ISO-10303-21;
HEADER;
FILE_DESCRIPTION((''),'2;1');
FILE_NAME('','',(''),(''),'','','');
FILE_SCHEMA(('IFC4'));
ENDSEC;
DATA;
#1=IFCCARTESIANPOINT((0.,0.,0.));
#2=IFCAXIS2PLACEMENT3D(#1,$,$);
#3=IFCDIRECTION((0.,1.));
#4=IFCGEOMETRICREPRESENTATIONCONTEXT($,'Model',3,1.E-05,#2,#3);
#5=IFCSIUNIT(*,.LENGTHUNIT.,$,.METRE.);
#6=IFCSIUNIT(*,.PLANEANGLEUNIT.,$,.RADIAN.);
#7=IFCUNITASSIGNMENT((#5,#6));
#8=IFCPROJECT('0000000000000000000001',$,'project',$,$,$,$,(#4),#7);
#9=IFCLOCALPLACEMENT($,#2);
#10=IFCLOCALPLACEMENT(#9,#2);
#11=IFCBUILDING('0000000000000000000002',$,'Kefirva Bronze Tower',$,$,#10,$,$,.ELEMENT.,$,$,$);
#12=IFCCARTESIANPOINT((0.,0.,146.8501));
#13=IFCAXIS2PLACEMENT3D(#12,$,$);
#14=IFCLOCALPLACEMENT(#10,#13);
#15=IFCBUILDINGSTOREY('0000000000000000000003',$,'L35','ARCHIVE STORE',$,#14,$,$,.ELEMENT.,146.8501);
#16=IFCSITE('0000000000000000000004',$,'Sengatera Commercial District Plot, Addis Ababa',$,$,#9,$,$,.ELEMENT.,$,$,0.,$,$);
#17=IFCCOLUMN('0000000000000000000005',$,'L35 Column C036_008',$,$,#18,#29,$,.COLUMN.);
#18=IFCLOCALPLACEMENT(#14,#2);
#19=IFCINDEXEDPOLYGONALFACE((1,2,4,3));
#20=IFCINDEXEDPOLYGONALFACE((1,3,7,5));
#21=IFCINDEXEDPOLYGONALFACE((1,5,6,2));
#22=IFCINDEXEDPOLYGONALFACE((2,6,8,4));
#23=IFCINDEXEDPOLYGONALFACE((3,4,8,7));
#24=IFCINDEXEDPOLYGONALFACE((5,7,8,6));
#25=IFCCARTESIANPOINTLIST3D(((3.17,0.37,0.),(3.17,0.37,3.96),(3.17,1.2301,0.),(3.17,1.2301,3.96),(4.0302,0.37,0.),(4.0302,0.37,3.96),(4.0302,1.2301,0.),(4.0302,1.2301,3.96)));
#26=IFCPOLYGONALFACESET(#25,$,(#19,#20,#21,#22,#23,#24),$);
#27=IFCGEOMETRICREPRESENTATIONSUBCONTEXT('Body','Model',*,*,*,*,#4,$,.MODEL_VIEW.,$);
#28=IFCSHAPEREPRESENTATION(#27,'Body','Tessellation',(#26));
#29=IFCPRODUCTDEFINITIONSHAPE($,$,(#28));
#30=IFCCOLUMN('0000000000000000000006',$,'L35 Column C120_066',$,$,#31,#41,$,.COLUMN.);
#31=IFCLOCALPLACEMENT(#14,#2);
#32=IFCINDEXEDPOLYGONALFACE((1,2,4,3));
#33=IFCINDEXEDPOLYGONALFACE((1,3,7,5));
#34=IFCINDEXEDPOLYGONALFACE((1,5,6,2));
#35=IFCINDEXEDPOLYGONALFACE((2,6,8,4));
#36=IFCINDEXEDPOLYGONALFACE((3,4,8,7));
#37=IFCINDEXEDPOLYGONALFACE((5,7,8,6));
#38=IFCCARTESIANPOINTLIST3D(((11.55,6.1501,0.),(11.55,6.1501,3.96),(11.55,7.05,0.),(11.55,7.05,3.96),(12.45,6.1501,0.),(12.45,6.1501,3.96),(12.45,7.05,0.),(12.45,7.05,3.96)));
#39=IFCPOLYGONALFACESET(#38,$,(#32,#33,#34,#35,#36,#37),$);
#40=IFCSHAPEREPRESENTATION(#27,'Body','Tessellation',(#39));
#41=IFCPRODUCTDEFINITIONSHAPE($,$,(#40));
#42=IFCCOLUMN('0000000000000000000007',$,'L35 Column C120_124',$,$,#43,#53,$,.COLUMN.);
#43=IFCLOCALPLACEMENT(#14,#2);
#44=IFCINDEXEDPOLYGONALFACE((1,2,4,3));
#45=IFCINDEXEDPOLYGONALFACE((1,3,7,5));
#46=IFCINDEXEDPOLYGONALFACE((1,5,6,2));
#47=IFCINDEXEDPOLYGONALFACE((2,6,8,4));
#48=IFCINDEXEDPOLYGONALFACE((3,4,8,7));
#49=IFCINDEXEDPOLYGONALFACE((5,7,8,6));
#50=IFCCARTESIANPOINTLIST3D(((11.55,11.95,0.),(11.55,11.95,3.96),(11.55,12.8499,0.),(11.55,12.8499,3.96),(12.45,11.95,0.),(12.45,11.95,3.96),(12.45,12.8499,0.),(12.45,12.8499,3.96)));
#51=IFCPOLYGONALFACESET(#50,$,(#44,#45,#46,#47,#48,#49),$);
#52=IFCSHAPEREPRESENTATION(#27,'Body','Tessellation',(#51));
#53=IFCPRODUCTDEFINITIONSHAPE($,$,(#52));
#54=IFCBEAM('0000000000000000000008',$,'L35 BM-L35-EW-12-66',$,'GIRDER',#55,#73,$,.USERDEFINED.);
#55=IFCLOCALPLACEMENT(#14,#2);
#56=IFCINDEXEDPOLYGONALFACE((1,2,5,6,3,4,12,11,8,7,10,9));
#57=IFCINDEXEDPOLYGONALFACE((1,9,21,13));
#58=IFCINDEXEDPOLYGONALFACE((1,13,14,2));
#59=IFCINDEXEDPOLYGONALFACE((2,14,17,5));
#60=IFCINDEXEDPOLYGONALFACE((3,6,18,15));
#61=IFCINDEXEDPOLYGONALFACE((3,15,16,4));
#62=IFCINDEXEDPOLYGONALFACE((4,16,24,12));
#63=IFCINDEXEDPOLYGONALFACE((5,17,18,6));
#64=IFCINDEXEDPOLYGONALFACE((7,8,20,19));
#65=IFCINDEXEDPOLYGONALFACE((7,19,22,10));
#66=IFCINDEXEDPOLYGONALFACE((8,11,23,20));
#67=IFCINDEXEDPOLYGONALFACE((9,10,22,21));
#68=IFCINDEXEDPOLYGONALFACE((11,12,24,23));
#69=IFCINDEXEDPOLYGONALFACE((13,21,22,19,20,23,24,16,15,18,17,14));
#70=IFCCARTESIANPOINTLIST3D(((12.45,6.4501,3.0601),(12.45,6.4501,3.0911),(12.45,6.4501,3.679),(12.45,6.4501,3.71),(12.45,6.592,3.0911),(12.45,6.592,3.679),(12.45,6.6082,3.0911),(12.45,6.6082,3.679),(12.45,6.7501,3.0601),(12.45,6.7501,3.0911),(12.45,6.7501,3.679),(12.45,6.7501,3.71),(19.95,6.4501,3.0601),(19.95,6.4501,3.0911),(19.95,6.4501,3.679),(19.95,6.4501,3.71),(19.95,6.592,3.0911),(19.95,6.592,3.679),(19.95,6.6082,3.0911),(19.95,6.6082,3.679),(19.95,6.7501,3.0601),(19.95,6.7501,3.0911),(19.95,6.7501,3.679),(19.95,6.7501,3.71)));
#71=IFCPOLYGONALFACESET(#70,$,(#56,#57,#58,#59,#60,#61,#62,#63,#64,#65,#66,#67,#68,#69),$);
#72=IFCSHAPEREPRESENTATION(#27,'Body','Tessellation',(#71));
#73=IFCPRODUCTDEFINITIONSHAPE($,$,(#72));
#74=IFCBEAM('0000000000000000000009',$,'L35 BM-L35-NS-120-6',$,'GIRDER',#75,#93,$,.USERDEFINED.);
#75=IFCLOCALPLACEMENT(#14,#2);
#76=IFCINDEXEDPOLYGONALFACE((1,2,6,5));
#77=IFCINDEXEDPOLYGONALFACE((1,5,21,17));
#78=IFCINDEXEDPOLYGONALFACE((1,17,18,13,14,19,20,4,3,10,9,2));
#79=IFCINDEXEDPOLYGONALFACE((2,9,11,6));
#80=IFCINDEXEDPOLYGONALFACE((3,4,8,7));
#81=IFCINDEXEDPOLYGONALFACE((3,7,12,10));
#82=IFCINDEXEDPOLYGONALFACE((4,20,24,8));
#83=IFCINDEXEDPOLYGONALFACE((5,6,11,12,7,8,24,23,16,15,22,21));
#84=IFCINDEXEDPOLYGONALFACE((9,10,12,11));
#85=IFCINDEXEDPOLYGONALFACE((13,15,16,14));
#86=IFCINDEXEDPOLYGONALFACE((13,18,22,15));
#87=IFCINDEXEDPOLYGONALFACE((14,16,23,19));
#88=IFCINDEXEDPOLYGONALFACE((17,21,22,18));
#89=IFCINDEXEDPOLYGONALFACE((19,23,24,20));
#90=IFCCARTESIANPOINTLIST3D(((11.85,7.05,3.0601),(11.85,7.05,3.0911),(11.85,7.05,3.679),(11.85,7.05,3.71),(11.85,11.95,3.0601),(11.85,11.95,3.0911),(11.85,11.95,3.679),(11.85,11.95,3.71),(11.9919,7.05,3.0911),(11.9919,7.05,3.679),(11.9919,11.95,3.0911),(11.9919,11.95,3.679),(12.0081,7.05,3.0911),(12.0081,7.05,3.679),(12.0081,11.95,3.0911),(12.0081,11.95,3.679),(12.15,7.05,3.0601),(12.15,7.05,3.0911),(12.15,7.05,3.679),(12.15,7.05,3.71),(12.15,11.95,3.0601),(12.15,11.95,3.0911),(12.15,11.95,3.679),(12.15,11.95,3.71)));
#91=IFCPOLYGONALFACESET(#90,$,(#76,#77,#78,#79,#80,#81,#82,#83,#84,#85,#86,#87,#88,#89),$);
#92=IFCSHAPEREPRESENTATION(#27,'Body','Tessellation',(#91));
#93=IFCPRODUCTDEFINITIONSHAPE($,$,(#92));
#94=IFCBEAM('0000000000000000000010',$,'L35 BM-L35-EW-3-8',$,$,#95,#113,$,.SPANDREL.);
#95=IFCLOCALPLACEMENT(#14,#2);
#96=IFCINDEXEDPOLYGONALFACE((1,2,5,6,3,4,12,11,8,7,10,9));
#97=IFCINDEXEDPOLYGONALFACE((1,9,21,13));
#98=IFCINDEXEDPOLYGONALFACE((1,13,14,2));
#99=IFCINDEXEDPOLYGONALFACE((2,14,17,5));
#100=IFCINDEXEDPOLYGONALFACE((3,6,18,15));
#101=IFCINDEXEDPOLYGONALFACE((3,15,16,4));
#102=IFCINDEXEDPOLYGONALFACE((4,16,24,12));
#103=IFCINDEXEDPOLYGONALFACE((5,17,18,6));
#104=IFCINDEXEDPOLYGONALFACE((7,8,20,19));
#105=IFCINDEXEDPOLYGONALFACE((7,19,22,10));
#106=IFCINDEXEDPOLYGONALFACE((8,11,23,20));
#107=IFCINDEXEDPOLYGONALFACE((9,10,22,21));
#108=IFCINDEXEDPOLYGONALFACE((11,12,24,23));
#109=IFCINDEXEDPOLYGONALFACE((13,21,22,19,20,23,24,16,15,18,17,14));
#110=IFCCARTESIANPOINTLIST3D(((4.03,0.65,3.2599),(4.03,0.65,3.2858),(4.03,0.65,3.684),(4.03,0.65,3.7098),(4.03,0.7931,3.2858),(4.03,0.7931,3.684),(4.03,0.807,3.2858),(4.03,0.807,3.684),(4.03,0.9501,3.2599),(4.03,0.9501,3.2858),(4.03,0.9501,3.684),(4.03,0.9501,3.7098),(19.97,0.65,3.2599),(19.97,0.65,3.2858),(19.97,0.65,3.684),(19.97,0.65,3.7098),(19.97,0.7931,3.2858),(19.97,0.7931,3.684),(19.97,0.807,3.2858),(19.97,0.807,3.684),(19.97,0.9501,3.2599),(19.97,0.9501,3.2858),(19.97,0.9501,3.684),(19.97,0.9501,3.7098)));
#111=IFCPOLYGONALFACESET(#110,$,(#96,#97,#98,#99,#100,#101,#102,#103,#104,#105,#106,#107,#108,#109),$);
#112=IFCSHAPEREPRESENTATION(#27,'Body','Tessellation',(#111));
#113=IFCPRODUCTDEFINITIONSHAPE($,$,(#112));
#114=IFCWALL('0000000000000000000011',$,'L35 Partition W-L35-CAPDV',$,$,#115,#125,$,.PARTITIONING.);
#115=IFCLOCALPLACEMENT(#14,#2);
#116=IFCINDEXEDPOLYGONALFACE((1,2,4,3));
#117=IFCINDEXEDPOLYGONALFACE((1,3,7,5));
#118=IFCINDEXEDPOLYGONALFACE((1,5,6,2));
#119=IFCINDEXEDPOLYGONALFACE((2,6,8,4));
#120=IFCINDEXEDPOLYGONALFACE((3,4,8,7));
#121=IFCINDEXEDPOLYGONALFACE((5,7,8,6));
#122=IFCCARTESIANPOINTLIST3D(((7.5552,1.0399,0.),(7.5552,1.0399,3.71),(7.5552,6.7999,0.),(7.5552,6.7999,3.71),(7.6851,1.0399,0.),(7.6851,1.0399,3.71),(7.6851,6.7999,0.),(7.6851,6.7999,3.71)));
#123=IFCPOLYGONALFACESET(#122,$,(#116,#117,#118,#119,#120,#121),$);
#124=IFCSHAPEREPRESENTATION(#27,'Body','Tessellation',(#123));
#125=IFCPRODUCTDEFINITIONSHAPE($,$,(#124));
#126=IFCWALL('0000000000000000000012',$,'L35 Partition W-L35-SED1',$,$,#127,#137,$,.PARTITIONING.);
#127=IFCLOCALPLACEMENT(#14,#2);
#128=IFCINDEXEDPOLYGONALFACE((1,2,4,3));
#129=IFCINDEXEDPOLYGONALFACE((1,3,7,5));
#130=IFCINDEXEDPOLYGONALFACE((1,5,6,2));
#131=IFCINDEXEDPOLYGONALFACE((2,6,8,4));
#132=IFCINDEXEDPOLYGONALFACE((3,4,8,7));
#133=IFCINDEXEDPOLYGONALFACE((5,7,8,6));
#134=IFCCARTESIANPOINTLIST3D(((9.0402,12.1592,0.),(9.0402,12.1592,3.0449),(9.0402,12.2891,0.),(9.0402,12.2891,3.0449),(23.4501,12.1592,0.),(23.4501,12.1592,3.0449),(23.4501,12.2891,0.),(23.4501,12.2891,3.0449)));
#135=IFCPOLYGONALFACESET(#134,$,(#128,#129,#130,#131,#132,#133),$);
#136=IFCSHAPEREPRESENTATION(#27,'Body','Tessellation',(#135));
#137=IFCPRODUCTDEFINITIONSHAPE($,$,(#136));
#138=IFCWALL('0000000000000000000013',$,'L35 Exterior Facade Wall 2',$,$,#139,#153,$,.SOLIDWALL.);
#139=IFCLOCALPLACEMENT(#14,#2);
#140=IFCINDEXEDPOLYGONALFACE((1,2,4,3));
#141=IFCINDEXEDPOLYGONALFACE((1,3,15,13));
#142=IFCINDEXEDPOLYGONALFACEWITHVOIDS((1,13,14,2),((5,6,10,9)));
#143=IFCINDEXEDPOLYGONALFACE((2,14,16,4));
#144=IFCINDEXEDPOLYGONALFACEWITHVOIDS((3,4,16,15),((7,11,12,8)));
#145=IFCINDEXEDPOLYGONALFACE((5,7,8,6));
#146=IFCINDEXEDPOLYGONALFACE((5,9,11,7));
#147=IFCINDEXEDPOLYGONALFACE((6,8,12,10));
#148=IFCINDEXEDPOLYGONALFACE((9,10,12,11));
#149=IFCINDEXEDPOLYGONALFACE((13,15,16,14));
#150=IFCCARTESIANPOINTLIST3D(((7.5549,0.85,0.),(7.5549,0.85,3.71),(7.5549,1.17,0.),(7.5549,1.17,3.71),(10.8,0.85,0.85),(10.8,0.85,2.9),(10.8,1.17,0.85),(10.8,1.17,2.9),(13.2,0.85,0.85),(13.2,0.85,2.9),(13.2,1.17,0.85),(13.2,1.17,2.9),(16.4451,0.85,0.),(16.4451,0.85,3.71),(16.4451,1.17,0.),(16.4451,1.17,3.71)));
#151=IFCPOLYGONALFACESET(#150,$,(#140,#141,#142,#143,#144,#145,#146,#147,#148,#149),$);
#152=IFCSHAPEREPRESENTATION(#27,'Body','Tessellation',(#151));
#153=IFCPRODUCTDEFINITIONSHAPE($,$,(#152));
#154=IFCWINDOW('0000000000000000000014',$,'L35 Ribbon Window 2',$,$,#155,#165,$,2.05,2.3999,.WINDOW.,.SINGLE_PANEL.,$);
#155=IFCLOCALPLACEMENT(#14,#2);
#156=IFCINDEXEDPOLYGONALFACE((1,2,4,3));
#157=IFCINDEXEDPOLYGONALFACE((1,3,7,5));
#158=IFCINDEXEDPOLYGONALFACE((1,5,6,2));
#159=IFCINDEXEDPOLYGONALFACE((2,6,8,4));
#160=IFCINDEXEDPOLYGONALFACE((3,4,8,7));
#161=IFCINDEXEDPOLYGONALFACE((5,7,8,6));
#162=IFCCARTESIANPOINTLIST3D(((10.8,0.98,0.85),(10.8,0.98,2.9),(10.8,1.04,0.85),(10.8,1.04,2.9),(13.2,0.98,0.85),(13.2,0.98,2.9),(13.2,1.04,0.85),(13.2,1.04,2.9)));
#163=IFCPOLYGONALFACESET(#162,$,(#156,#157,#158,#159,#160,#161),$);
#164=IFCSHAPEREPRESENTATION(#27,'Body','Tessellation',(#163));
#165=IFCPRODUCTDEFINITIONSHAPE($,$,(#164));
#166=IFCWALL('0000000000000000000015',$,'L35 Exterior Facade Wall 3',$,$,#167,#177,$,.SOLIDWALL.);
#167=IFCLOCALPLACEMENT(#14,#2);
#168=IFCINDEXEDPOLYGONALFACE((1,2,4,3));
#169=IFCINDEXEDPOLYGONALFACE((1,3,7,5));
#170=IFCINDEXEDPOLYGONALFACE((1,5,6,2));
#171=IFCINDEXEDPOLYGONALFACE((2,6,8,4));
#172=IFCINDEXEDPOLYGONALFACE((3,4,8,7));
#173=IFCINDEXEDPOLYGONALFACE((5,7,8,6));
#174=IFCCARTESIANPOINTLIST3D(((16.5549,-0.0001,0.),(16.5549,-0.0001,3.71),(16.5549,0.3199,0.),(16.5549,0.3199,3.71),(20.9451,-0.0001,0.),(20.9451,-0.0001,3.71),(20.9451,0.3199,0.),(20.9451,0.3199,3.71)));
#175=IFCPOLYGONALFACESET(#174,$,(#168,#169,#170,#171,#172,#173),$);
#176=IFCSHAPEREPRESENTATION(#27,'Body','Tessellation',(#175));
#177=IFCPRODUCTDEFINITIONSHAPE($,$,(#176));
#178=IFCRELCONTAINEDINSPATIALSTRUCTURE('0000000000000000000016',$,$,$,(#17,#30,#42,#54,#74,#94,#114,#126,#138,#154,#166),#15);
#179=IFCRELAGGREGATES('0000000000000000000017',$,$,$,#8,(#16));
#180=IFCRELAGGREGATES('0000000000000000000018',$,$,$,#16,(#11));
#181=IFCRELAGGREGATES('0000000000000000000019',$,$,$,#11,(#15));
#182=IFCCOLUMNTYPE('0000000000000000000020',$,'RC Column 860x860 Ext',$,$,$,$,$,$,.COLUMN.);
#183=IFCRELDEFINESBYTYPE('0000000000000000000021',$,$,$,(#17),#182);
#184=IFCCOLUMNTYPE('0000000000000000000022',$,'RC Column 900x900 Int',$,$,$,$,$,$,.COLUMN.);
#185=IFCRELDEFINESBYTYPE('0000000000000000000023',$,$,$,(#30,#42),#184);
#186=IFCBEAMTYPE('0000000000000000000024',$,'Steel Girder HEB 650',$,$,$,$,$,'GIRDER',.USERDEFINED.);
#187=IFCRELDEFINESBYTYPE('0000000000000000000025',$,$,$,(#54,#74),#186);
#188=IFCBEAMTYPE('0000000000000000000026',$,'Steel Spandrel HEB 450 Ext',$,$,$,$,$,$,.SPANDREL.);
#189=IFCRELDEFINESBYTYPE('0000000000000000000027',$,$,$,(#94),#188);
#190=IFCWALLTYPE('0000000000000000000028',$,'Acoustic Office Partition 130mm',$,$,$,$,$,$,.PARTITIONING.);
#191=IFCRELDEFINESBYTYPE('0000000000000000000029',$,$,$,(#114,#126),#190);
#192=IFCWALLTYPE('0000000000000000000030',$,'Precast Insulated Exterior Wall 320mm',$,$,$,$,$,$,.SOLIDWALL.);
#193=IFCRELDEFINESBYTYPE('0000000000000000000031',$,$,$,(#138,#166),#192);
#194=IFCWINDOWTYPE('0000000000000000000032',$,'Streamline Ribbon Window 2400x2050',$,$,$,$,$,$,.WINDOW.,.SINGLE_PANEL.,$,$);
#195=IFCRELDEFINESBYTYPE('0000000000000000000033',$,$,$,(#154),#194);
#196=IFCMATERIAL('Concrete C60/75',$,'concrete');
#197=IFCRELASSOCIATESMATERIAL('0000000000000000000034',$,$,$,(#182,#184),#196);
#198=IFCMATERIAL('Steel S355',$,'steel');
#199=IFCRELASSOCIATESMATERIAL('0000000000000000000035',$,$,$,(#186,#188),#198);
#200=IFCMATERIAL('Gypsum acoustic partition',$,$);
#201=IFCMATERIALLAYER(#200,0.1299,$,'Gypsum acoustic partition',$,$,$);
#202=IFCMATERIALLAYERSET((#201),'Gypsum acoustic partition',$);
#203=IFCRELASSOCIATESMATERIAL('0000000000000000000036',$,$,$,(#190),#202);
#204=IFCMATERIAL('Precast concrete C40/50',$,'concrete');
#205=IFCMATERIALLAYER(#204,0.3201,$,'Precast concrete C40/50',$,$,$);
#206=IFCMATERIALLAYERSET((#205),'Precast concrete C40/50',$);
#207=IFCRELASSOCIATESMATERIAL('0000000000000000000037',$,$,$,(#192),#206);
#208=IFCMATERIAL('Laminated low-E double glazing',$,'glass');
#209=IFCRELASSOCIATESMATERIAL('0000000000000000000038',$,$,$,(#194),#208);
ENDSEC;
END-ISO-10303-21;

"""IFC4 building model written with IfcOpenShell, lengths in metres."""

from ifc_helpers import new_model, si_unit, direction, frame, frame_2d, origin, origin_2d, place, context, subcontext, project, spatial, rectangle, i_section, extrude, material, layer, layer_set, material_profile, profile_set, type_object, element, fill, save


model = new_model("IFC4")

# Units and contexts
model_context = context("Model", 3, precision=1e-05, world=origin(), true_north=direction((0.0, 1.0)))
body_context = subcontext(model_context, "Body", "Model", "MODEL_VIEW")
ifc_project = project(units=[si_unit("LENGTHUNIT", "METRE"), si_unit("PLANEANGLEUNIT", "RADIAN")], contexts=[model_context])

# Site, building, storey
site_placement = place(None, origin())
site = spatial("IfcSite", under=ifc_project, at=site_placement, Name="Sengatera Commercial District Plot, Addis Ababa", CompositionType="ELEMENT", RefElevation=0.0)
building_placement = place(site_placement, origin())
building = spatial("IfcBuilding", under=site, at=building_placement, Name="Kefirva Bronze Tower", CompositionType="ELEMENT")
storey_placement = place(building_placement, frame((0.0, 0.0, 146.8501)))
storey = spatial("IfcBuildingStorey", under=building, at=storey_placement, Name="L35", Description="ARCHIVE STORE", CompositionType="ELEMENT", Elevation=146.8501)

# Columns
ifc_material_1 = material(Name="Concrete C60/75", Category="concrete")
ifc_material_profile_1 = material_profile(ifc_material_1, rectangle(XDim=0.8601, YDim=0.8601, at=origin_2d()), Name="RC 860x860")
ifc_profile_set_1 = profile_set([ifc_material_profile_1], Name="Concrete C60/75")
column_type_1 = type_object("IfcColumnType", Name="RC Column 860x860 Ext", PredefinedType="COLUMN", material=ifc_profile_set_1)
column_placement = place(storey_placement, frame((3.6001, 0.8, 0.0), z_axis=(0.0, 0.0, 1.0), x_axis=(1.0, 0.0, 0.0)))
element("IfcColumn", 1, at=column_placement, inside=storey, type_object=column_type_1, Name="L35 Column C036_008", PredefinedType="COLUMN", context=body_context, shape_type="SweptSolid", body=[
    extrude(rectangle(XDim=0.8601, YDim=0.8601, at=origin_2d()), origin(), (0.0, 0.0, 1.0), 3.96),
])
ifc_material_profile_2 = material_profile(ifc_material_1, rectangle(XDim=0.8999, YDim=0.8999, at=origin_2d()), Name="RC 900x900")
ifc_profile_set_2 = profile_set([ifc_material_profile_2], Name="Concrete C60/75")
column_type_2 = type_object("IfcColumnType", Name="RC Column 900x900 Int", PredefinedType="COLUMN", material=ifc_profile_set_2)
for number, where, z_axis, x_axis, name in (
    (2, (12.0, 6.6001, 0.0), (0.0, 0.0, 1.0), (1.0, 0.0, 0.0), "L35 Column C120_066"),
    (3, (12.0, 12.3999, 0.0), (0.0, 0.0, 1.0), (1.0, 0.0, 0.0), "L35 Column C120_124"),
):
    element("IfcColumn", number, at=place(storey_placement, frame(where, z_axis=z_axis, x_axis=x_axis)), inside=storey, type_object=column_type_2, Name=name, PredefinedType="COLUMN", context=body_context, shape_type="SweptSolid", body=[
        extrude(rectangle(XDim=0.8999, YDim=0.8999, at=origin_2d()), origin(), (0.0, 0.0, 1.0), 3.96),
    ])

# Beams
ifc_material_2 = material(Name="Steel S355", Category="steel")
ifc_material_profile_3 = material_profile(ifc_material_2, i_section(OverallWidth=0.3, OverallDepth=0.6499, WebThickness=0.0161, FlangeThickness=0.031, at=origin_2d()), Name="HEB 650")
ifc_profile_set_3 = profile_set([ifc_material_profile_3], Name="Steel S355")
beam_type_1 = type_object("IfcBeamType", Name="Steel Girder HEB 650", ElementType="GIRDER", PredefinedType="USERDEFINED", material=ifc_profile_set_3)
beam_1_placement = place(storey_placement, frame((12.45, 6.6001, 3.385), z_axis=(1.0, 0.0, 0.0), x_axis=(0.0, 1.0, 0.0)))
element("IfcBeam", 4, at=beam_1_placement, inside=storey, type_object=beam_type_1, Name="L35 BM-L35-EW-12-66", ObjectType="GIRDER", PredefinedType="USERDEFINED", context=body_context, shape_type="SweptSolid", body=[
    extrude(i_section(OverallWidth=0.3, OverallDepth=0.6499, WebThickness=0.0161, FlangeThickness=0.031, at=origin_2d()), origin(), (0.0, 0.0, 1.0), 7.5),
])
beam_2_placement = place(storey_placement, frame((12.0, 7.05, 3.385), z_axis=(0.0, 1.0, 0.0), x_axis=(-1.0, 0.0, 0.0)))
element("IfcBeam", 5, at=beam_2_placement, inside=storey, type_object=beam_type_1, Name="L35 BM-L35-NS-120-6", ObjectType="GIRDER", PredefinedType="USERDEFINED", context=body_context, shape_type="SweptSolid", body=[
    extrude(i_section(OverallWidth=0.3, OverallDepth=0.6499, WebThickness=0.0161, FlangeThickness=0.031, at=origin_2d()), origin(), (0.0, 0.0, 1.0), 4.8999),
])
ifc_material_profile_4 = material_profile(ifc_material_2, i_section(OverallWidth=0.3, OverallDepth=0.45, WebThickness=0.0139, FlangeThickness=0.0259, at=origin_2d()), Name="HEB 450")
ifc_profile_set_4 = profile_set([ifc_material_profile_4], Name="Steel S355")
beam_type_2 = type_object("IfcBeamType", Name="Steel Spandrel HEB 450 Ext", PredefinedType="SPANDREL", material=ifc_profile_set_4)
beam_3_placement = place(storey_placement, frame((4.03, 0.8, 3.4849), z_axis=(1.0, 0.0, 0.0), x_axis=(0.0, 1.0, 0.0)))
element("IfcBeam", 6, at=beam_3_placement, inside=storey, type_object=beam_type_2, Name="L35 BM-L35-EW-3-8", PredefinedType="SPANDREL", context=body_context, shape_type="SweptSolid", body=[
    extrude(i_section(OverallWidth=0.3, OverallDepth=0.45, WebThickness=0.0139, FlangeThickness=0.0259, at=origin_2d()), origin(), (0.0, 0.0, 1.0), 15.9399),
])

# Walls
ifc_material_3 = material(Name="Gypsum acoustic partition")
ifc_layer_1 = layer(ifc_material_3, 0.1299, Name="Gypsum acoustic partition")
ifc_layer_set_1 = layer_set([ifc_layer_1], Name="Gypsum acoustic partition")
wall_type_1 = type_object("IfcWallType", Name="Acoustic Office Partition 130mm", PredefinedType="PARTITIONING", material=ifc_layer_set_1)
wall_1_placement = place(storey_placement, frame((7.6201, 1.04, 0.0), z_axis=(0.0, 0.0, 1.0), x_axis=(0.0, 1.0, 0.0)))
element("IfcWall", 7, at=wall_1_placement, inside=storey, type_object=wall_type_1, Name="L35 Partition W-L35-CAPDV", PredefinedType="PARTITIONING", context=body_context, shape_type="SweptSolid", body=[
    extrude(rectangle(XDim=5.76, YDim=0.1299, at=frame_2d((2.8799, 0.0))), origin(), (0.0, 0.0, 1.0), 3.71),
])
wall_2_placement = place(storey_placement, frame((9.04, 12.2241, 0.0), z_axis=(0.0, 0.0, 1.0), x_axis=(1.0, 0.0, 0.0)))
element("IfcWall", 8, at=wall_2_placement, inside=storey, type_object=wall_type_1, Name="L35 Partition W-L35-SED1", PredefinedType="PARTITIONING", context=body_context, shape_type="SweptSolid", body=[
    extrude(rectangle(XDim=14.4099, YDim=0.1299, at=frame_2d((7.2051, 0.0))), origin(), (0.0, 0.0, 1.0), 3.0449),
])

# Wall, opening, window
ifc_material_4 = material(Name="Precast concrete C40/50", Category="concrete")
ifc_layer_2 = layer(ifc_material_4, 0.3201, Name="Precast concrete C40/50")
ifc_layer_set_2 = layer_set([ifc_layer_2], Name="Precast concrete C40/50")
wall_type_2 = type_object("IfcWallType", Name="Precast Insulated Exterior Wall 320mm", PredefinedType="SOLIDWALL", material=ifc_layer_set_2)
wall_3_placement = place(storey_placement, frame((7.5549, 1.01, 0.0), z_axis=(0.0, 0.0, 1.0), x_axis=(1.0, 0.0, 0.0)))
wall_3 = element("IfcWall", 9, at=wall_3_placement, inside=storey, type_object=wall_type_2, Name="L35 Exterior Facade Wall 2", PredefinedType="SOLIDWALL", context=body_context, shape_type="SweptSolid", body=[
    extrude(rectangle(XDim=8.8901, YDim=0.3201, at=frame_2d((4.4451, 0.0))), origin(), (0.0, 0.0, 1.0), 3.71),
])
opening_1_placement = place(wall_3_placement, frame((3.2451, 0.0, 0.8501)))
opening_1 = element("IfcOpeningElement", 10, at=opening_1_placement, cuts=wall_3, PredefinedType="OPENING", context=body_context, shape_type="SweptSolid", body=[
    extrude(rectangle(XDim=2.3999, YDim=2.05, at=frame_2d((1.2, 1.0249))), frame((0.0, 0.1699, 0.0), z_axis=(0.0, -1.0, 0.0), x_axis=(1.0, 0.0, 0.0)), (0.0, 0.0, 1.0), 0.3401),
])
ifc_material_5 = material(Name="Laminated low-E double glazing", Category="glass")
window_type = type_object("IfcWindowType", Name="Streamline Ribbon Window 2400x2050", PartitioningType="SINGLE_PANEL", PredefinedType="WINDOW", material=ifc_material_5)
window_placement = place(opening_1_placement, origin())
window = element("IfcWindow", 11, at=window_placement, inside=storey, type_object=window_type, Name="L35 Ribbon Window 2", OverallHeight=2.05, OverallWidth=2.3999, PartitioningType="SINGLE_PANEL", PredefinedType="WINDOW", context=body_context, shape_type="SweptSolid", body=[
    extrude(rectangle(XDim=2.3999, YDim=2.05, at=frame_2d((1.2, 1.0249))), frame((0.0, 0.03, 0.0), z_axis=(0.0, -1.0, 0.0), x_axis=(1.0, 0.0, 0.0)), (0.0, 0.0, 1.0), 0.0601),
])
fill(opening_1, window)

# Wall
wall_4_placement = place(storey_placement, frame((16.5549, 0.1599, 0.0), z_axis=(0.0, 0.0, 1.0), x_axis=(1.0, 0.0, 0.0)))
element("IfcWall", 12, at=wall_4_placement, inside=storey, type_object=wall_type_2, Name="L35 Exterior Facade Wall 3", PredefinedType="SOLIDWALL", context=body_context, shape_type="SweptSolid", body=[
    extrude(rectangle(XDim=4.3901, YDim=0.3201, at=frame_2d((2.1951, 0.0))), origin(), (0.0, 0.0, 1.0), 3.71),
])

save(model, "model.ifc")
